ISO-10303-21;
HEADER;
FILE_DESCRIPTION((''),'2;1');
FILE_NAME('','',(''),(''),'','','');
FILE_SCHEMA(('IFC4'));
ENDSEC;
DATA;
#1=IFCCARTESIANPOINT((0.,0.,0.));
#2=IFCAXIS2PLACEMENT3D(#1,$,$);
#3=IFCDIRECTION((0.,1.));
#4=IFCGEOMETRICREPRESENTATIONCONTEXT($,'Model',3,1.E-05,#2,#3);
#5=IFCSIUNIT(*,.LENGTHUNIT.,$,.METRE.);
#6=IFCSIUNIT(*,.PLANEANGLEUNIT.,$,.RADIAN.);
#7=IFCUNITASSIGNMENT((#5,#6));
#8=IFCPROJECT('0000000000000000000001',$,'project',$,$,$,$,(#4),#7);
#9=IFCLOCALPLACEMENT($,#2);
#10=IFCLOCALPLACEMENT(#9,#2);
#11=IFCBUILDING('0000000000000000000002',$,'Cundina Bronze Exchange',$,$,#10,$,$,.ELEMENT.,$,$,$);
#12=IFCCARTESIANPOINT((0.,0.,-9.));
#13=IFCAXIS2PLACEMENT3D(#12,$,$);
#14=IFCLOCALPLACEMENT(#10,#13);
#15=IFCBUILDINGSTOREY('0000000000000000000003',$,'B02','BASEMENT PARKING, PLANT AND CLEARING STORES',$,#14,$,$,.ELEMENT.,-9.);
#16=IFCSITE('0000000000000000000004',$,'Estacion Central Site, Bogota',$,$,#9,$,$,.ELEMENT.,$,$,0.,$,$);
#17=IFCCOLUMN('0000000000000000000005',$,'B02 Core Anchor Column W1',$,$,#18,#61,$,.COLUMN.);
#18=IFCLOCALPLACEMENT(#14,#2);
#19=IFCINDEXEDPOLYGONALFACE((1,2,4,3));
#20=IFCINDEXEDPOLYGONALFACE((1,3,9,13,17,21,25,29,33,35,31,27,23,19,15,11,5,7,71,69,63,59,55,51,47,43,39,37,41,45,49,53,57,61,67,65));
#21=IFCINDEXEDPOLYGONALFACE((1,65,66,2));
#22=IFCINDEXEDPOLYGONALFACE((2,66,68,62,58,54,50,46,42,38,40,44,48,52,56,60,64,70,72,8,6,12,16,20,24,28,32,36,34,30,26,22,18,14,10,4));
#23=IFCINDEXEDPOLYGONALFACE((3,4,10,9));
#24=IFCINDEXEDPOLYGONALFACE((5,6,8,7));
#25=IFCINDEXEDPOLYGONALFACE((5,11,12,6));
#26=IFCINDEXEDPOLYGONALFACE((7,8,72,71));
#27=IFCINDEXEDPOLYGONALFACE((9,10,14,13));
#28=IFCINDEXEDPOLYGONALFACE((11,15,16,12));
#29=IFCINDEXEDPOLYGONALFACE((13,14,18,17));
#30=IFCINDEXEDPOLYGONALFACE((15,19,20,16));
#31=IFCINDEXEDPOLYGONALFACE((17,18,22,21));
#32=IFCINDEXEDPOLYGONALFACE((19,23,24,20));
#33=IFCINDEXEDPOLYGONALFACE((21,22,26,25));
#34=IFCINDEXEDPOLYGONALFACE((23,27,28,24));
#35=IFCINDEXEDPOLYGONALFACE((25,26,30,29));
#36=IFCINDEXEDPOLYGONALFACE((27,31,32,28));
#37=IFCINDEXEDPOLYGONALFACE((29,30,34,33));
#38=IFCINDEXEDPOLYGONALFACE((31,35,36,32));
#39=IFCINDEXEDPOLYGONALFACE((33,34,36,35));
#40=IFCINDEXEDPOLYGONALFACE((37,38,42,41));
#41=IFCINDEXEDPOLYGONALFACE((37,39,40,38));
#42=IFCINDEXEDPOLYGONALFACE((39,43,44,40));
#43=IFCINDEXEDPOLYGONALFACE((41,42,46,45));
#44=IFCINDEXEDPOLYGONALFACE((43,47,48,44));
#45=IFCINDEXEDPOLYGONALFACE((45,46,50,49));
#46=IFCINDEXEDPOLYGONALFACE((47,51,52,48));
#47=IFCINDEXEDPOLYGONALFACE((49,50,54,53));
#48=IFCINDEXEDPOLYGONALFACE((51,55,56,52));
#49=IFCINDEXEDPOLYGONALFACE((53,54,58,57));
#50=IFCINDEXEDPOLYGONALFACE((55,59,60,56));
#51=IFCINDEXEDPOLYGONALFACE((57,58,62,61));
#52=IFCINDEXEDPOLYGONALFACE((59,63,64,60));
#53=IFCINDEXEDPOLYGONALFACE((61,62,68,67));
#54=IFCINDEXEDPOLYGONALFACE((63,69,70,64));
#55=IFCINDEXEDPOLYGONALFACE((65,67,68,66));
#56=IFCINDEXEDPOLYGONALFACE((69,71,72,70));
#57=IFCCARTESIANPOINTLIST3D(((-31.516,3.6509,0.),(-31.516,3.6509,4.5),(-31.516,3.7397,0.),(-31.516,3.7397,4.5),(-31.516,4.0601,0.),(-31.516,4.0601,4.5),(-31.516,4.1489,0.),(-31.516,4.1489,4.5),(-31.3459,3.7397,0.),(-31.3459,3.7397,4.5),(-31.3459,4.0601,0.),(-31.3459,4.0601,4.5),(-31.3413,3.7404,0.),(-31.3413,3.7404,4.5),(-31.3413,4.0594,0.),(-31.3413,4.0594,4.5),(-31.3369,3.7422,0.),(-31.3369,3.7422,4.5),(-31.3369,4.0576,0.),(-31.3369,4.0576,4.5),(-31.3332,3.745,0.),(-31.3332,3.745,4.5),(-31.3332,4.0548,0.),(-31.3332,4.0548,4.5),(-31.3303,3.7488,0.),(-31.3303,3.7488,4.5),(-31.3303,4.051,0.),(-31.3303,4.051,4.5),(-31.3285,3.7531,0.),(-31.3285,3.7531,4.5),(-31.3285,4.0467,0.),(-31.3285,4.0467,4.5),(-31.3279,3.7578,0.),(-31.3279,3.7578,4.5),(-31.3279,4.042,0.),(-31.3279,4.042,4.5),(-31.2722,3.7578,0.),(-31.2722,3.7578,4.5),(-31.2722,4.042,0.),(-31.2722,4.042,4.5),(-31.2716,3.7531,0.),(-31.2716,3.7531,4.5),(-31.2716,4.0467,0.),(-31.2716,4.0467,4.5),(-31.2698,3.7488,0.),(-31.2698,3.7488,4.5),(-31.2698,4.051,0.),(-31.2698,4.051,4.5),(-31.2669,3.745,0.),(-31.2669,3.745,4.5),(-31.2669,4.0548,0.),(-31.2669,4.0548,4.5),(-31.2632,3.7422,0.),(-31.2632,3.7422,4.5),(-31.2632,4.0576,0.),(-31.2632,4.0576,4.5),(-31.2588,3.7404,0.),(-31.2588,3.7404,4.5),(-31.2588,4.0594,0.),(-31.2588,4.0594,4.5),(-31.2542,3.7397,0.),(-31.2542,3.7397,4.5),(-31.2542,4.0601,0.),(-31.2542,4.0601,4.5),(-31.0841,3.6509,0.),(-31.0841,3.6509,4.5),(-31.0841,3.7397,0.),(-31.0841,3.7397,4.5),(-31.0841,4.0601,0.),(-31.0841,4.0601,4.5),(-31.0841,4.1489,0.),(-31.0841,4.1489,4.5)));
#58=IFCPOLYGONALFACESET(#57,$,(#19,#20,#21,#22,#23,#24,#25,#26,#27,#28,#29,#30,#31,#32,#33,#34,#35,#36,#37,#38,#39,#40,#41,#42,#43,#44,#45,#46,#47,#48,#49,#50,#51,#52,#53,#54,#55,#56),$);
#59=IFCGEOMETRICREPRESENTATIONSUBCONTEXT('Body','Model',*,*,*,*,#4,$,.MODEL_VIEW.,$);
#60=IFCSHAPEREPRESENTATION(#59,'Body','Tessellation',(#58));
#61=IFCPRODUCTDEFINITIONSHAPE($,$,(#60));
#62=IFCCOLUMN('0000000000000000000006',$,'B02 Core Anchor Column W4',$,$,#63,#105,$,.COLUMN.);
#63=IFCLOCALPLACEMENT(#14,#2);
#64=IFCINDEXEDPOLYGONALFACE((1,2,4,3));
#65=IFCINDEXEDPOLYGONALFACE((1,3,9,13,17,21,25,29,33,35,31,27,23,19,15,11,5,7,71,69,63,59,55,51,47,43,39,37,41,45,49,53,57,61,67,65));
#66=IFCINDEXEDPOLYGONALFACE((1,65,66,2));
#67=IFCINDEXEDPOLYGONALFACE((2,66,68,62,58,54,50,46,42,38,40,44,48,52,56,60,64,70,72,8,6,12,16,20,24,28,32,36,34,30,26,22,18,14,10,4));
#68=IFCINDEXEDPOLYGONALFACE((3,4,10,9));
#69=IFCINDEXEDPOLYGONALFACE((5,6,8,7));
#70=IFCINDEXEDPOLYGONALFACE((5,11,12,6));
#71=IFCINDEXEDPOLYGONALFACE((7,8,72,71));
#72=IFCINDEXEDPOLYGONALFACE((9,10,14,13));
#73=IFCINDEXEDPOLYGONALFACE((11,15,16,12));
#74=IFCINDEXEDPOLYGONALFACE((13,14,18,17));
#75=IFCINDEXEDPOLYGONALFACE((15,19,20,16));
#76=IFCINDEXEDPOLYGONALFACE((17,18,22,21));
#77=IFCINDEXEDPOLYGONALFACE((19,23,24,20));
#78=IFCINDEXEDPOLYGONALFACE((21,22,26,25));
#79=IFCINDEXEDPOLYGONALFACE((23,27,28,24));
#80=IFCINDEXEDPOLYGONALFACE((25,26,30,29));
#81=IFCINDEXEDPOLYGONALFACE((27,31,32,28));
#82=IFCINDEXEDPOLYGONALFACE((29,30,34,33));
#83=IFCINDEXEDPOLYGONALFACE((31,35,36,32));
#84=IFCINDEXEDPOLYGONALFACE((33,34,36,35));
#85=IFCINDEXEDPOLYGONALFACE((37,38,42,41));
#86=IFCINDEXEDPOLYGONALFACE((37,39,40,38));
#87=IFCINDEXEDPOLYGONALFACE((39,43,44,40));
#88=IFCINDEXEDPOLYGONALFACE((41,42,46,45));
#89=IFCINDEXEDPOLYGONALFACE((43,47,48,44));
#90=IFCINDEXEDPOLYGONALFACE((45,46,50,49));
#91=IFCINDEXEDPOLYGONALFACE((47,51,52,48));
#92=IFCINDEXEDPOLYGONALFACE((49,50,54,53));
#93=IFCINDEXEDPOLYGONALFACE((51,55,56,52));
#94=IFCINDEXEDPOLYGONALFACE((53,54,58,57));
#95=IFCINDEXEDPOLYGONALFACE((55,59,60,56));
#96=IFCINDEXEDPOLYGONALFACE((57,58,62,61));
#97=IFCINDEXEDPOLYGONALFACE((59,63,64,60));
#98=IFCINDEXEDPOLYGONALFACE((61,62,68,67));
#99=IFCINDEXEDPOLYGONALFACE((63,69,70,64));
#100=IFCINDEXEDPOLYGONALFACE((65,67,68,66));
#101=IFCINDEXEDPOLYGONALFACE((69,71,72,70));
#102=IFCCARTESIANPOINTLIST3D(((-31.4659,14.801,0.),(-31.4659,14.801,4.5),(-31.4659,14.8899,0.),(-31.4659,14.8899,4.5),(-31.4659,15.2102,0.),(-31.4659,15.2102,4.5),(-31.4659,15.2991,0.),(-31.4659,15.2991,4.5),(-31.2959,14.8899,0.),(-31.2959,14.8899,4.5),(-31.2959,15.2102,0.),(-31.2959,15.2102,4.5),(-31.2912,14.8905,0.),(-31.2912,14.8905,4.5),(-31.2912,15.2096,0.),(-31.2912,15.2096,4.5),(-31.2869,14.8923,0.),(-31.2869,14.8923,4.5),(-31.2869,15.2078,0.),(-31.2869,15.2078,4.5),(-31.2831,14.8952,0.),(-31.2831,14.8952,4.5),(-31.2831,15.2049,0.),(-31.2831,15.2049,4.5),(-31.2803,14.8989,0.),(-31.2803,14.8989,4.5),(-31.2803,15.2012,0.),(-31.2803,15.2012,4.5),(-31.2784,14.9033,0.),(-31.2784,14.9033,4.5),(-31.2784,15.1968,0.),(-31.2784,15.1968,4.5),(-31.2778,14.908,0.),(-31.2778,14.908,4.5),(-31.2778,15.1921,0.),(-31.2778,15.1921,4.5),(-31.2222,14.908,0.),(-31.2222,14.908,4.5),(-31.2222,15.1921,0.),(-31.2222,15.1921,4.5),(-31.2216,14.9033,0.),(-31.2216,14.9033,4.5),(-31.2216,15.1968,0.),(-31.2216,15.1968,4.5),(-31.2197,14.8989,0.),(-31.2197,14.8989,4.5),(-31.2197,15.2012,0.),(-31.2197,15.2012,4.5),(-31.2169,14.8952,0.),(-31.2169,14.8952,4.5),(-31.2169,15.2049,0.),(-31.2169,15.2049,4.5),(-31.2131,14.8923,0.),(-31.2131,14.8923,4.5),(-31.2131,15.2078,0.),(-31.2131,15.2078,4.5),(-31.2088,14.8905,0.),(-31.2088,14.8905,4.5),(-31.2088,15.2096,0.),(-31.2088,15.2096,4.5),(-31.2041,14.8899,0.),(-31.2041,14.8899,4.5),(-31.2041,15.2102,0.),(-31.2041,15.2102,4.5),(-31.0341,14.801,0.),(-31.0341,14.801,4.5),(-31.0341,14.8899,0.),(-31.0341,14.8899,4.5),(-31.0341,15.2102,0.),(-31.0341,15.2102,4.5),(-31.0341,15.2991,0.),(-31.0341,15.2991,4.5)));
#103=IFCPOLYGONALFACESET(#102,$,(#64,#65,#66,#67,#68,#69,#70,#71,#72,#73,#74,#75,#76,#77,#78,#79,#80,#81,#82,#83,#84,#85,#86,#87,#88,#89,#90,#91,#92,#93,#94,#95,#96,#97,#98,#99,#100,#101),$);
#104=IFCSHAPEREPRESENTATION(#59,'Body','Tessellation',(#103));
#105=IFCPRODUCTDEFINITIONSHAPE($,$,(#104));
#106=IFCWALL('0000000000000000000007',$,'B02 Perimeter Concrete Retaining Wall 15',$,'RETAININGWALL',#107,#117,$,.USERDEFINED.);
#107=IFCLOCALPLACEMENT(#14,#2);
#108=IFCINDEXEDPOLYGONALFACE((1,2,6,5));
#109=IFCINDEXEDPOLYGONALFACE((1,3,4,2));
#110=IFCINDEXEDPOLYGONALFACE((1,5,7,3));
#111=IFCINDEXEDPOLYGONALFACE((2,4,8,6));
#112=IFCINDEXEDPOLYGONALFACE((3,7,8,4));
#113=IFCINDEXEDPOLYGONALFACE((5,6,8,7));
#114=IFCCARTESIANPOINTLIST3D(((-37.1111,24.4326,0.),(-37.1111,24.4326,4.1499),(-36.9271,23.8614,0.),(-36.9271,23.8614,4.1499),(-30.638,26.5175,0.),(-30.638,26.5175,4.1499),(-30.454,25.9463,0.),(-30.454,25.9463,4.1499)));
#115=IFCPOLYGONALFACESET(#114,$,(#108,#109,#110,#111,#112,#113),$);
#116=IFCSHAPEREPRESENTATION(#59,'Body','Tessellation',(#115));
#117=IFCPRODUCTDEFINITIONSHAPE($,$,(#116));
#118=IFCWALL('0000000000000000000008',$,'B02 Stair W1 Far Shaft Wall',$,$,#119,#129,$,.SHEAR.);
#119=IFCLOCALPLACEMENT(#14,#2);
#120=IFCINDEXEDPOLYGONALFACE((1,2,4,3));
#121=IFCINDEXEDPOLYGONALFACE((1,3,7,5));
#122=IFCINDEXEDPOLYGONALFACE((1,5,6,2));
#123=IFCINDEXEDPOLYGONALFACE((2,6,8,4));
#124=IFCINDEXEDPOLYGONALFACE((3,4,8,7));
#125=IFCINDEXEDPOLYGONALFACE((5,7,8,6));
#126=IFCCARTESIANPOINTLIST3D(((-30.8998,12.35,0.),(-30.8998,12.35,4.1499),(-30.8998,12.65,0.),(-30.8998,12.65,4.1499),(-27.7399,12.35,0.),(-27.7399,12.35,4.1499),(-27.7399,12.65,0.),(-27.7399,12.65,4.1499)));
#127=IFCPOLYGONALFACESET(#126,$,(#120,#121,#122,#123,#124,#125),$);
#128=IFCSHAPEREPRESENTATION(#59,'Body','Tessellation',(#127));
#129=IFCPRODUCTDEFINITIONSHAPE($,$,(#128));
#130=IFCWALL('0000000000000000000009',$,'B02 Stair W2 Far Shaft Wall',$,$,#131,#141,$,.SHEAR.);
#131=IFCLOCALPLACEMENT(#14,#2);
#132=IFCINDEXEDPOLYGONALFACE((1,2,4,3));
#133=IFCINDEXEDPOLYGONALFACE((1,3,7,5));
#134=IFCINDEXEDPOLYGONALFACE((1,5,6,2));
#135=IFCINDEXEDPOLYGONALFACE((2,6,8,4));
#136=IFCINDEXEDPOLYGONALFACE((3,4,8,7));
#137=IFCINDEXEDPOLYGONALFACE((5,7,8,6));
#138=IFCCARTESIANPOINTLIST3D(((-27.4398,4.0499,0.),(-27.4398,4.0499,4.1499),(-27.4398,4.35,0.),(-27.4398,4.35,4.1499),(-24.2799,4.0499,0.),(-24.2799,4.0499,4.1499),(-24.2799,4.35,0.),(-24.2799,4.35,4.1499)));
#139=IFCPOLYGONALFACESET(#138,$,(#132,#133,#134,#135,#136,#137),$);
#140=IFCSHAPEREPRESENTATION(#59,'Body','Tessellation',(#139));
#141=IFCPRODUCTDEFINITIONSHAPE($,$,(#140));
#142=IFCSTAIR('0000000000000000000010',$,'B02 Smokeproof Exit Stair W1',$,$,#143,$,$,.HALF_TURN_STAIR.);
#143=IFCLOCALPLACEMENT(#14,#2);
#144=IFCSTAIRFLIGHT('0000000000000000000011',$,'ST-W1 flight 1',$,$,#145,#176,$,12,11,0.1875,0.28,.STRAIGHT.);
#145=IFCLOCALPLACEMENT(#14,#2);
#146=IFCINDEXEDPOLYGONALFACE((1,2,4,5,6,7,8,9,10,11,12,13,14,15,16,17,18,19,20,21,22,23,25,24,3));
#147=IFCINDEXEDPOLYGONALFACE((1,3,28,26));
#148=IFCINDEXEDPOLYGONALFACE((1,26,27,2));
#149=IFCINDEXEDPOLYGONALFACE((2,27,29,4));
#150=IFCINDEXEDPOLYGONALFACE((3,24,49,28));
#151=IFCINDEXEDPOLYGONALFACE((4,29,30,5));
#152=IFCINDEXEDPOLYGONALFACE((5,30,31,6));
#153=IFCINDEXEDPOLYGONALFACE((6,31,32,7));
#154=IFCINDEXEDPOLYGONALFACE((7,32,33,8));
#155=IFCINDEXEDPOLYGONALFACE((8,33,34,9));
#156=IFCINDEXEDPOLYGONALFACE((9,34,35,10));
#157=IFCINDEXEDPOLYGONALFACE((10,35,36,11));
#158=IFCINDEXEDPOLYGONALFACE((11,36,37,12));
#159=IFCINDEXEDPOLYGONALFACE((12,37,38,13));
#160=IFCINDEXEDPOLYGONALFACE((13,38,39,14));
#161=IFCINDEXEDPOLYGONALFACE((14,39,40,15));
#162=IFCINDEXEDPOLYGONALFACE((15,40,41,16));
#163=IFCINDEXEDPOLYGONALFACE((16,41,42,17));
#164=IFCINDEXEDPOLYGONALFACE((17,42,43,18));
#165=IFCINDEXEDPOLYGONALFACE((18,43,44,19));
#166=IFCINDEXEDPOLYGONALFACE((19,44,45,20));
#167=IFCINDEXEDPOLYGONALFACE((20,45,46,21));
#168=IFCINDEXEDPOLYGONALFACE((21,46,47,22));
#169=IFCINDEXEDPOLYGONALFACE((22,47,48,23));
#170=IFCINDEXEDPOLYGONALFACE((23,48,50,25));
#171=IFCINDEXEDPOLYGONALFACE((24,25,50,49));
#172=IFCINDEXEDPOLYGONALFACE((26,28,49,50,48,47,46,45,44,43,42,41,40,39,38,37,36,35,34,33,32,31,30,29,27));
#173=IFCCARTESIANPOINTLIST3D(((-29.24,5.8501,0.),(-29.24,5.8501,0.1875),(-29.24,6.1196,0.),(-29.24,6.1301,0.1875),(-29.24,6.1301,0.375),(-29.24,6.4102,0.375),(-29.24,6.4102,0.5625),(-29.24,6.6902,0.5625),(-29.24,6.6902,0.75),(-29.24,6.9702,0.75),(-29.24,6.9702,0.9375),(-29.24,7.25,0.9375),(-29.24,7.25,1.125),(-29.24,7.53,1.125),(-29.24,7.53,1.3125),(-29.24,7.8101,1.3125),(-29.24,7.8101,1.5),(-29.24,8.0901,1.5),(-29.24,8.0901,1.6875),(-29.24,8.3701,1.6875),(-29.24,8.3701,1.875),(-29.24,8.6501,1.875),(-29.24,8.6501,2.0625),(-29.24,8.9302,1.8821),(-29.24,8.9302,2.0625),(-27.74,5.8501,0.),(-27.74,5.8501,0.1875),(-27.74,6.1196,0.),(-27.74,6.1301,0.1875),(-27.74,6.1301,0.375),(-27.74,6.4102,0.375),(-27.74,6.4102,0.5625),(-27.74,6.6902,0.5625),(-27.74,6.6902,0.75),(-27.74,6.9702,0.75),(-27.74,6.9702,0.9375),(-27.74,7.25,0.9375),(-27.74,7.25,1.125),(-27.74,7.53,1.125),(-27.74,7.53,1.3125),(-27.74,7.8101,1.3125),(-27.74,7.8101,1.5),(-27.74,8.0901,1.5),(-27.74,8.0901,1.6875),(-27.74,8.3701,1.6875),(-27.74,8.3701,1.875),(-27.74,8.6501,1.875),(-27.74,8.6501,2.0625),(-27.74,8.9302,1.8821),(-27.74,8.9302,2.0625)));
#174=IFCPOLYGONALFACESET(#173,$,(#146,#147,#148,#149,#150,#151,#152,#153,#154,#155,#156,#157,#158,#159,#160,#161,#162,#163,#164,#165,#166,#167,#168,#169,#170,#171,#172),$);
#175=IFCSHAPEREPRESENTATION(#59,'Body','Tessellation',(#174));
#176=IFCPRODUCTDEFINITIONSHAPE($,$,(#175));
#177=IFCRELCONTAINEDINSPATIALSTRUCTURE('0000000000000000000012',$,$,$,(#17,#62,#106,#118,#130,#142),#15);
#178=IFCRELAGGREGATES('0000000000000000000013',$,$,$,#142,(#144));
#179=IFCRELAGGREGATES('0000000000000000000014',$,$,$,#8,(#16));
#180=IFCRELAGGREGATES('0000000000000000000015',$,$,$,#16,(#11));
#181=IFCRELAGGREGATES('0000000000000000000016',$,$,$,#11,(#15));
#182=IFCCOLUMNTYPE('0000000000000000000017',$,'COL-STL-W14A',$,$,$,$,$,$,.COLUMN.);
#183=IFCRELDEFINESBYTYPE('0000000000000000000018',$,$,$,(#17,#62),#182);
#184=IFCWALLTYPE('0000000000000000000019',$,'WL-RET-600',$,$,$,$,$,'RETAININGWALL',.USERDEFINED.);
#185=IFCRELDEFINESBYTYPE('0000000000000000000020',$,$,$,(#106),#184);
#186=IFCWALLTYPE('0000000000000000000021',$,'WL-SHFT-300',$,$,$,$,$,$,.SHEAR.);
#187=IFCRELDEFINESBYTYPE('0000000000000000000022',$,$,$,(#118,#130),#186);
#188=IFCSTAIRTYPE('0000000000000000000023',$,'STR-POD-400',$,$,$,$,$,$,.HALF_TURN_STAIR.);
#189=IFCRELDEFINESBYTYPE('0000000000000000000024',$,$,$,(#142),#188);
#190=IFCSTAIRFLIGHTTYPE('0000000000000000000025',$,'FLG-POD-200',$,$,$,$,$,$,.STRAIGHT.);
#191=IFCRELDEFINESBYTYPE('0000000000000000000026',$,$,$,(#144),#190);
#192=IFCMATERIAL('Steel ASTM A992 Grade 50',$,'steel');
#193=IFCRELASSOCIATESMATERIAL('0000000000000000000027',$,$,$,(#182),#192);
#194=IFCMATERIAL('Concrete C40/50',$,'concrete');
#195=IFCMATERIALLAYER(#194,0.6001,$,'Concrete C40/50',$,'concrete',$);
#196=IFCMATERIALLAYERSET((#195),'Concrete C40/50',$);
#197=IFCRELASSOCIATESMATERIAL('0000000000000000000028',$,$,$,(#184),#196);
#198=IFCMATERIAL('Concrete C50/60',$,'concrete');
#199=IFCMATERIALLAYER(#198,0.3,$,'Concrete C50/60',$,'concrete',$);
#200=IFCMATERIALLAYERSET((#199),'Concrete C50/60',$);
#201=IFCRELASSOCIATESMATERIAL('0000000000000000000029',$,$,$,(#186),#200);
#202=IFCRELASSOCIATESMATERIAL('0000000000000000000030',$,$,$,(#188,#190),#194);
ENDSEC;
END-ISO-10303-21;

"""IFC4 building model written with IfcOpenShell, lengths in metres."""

from ifc_helpers import new_model, si_unit, direction, frame, frame_2d, origin, origin_2d, place, context, subcontext, project, spatial, polyline, rectangle, i_section, outline, extrude, material, layer, layer_set, material_profile, profile_set, type_object, element, aggregate, save


model = new_model("IFC4")

# Units and contexts
model_context = context("Model", 3, precision=1e-05, world=origin(), true_north=direction((0.0, 1.0)))
body_context = subcontext(model_context, "Body", "Model", "MODEL_VIEW")
ifc_project = project(units=[si_unit("LENGTHUNIT", "METRE"), si_unit("PLANEANGLEUNIT", "RADIAN")], contexts=[model_context])

# Site, building, storey
site_placement = place(None, origin())
site = spatial("IfcSite", under=ifc_project, at=site_placement, Name="Estacion Central Site, Bogota", CompositionType="ELEMENT", RefElevation=0.0)
building_placement = place(site_placement, origin())
building = spatial("IfcBuilding", under=site, at=building_placement, Name="Cundina Bronze Exchange", CompositionType="ELEMENT")
storey_placement = place(building_placement, frame((0.0, 0.0, -9.0)))
storey = spatial("IfcBuildingStorey", under=building, at=storey_placement, Name="B02", Description="BASEMENT PARKING, PLANT AND CLEARING STORES", CompositionType="ELEMENT", Elevation=-9.0)

# Shared definitions
ifc_material_1 = material(Name="Concrete C40/50", Category="concrete")

# Columns
ifc_material_2 = material(Name="Steel ASTM A992 Grade 50", Category="steel")
ifc_material_profile_1 = material_profile(ifc_material_2, i_section(OverallWidth=0.4319, OverallDepth=0.498, WebThickness=0.0557, FlangeThickness=0.0889, FilletRadius=0.0181, at=origin_2d()), Name="W14X500", Category="steel")
ifc_profile_set_1 = profile_set([ifc_material_profile_1], Name="Steel ASTM A992 Grade 50")
column_type = type_object("IfcColumnType", Name="COL-STL-W14A", PredefinedType="COLUMN", material=ifc_profile_set_1)
for number, where, z_axis, x_axis, name in (
    (1, (-31.3, 3.8999, 0.0), (0.0, 0.0, 1.0), (1.0, 0.0, 0.0), "B02 Core Anchor Column W1"),
    (2, (-31.25, 15.05, 0.0), (0.0, 0.0, 1.0), (1.0, 0.0, 0.0), "B02 Core Anchor Column W4"),
):
    element("IfcColumn", number, at=place(storey_placement, frame(where, z_axis=z_axis, x_axis=x_axis)), inside=storey, type_object=column_type, Name=name, PredefinedType="COLUMN", context=body_context, shape_type="SweptSolid", body=[
        extrude(i_section(OverallWidth=0.4319, OverallDepth=0.498, WebThickness=0.0557, FlangeThickness=0.0889, FilletRadius=0.0181, at=origin_2d()), origin(), (0.0, 0.0, 1.0), 4.5),
    ])

# Wall
ifc_layer_1 = layer(ifc_material_1, 0.6001, Name="Concrete C40/50", Category="concrete")
ifc_layer_set_1 = layer_set([ifc_layer_1], Name="Concrete C40/50")
wall_type_1 = type_object("IfcWallType", Name="WL-RET-600", ElementType="RETAININGWALL", PredefinedType="USERDEFINED", material=ifc_layer_set_1)
wall_1_placement = place(storey_placement, frame((-30.5459, 26.2319, 0.0), z_axis=(0.0, 0.0, 1.0), x_axis=(-0.951844, -0.306583, 0.0)))
element("IfcWall", 3, at=wall_1_placement, inside=storey, type_object=wall_type_1, Name="B02 Perimeter Concrete Retaining Wall 15", ObjectType="RETAININGWALL", PredefinedType="USERDEFINED", context=body_context, shape_type="SweptSolid", body=[
    extrude(rectangle(XDim=6.8005, YDim=0.6001, at=frame_2d((3.4004, 0.0))), origin(), (0.0, 0.0, 1.0), 4.1499),
])

# Shared definitions
ifc_material_3 = material(Name="Concrete C50/60", Category="concrete")
ifc_layer_2 = layer(ifc_material_3, 0.3, Name="Concrete C50/60", Category="concrete")
ifc_layer_set_2 = layer_set([ifc_layer_2], Name="Concrete C50/60")
wall_type_2 = type_object("IfcWallType", Name="WL-SHFT-300", PredefinedType="SHEAR", material=ifc_layer_set_2)

# Wall
wall_2_placement = place(storey_placement, frame((-30.8999, 12.5, 0.0), z_axis=(0.0, 0.0, 1.0), x_axis=(1.0, 0.0, 0.0)))
element("IfcWall", 4, at=wall_2_placement, inside=storey, type_object=wall_type_2, Name="B02 Stair W1 Far Shaft Wall", PredefinedType="SHEAR", context=body_context, shape_type="SweptSolid", body=[
    extrude(rectangle(XDim=3.1599, YDim=0.3, at=frame_2d((1.5801, 0.0))), origin(), (0.0, 0.0, 1.0), 4.1499),
])

# Wall
wall_3_placement = place(storey_placement, frame((-27.4399, 4.2, 0.0), z_axis=(0.0, 0.0, 1.0), x_axis=(1.0, 0.0, 0.0)))
element("IfcWall", 5, at=wall_3_placement, inside=storey, type_object=wall_type_2, Name="B02 Stair W2 Far Shaft Wall", PredefinedType="SHEAR", context=body_context, shape_type="SweptSolid", body=[
    extrude(rectangle(XDim=3.1599, YDim=0.3, at=frame_2d((1.5801, 0.0))), origin(), (0.0, 0.0, 1.0), 4.1499),
])

# Stair, stair flight
stair_type = type_object("IfcStairType", Name="STR-POD-400", PredefinedType="HALF_TURN_STAIR", material=ifc_material_1)
stair_1_placement = place(storey_placement, origin())
stair_1 = element("IfcStair", 6, at=stair_1_placement, inside=storey, type_object=stair_type, Name="B02 Smokeproof Exit Stair W1", PredefinedType="HALF_TURN_STAIR")
stair_flight_type = type_object("IfcStairFlightType", Name="FLG-POD-200", PredefinedType="STRAIGHT", material=ifc_material_1)
stair_flight_1_placement = place(storey_placement, frame((-28.49, 5.8501, 0.0), z_axis=(0.0, 0.0, 1.0), x_axis=(0.0, 1.0, 0.0)))
stair_flight_1 = element("IfcStairFlight", 7, at=stair_flight_1_placement, type_object=stair_flight_type, Name="ST-W1 flight 1", NumberOfRisers=12, NumberOfTreads=11, PredefinedType="STRAIGHT", RiserHeight=0.1875, TreadLength=0.28, context=body_context, shape_type="SweptSolid", body=[
    extrude(outline(polyline([(0.0, 0.0), (0.0, 0.1875), (0.28, 0.1875), (0.28, 0.375), (0.5601, 0.375), (0.5601, 0.5625), (0.8401, 0.5625), (0.8401, 0.75), (1.1201, 0.75), (1.1201, 0.9375), (1.3999, 0.9375), (1.3999, 1.125), (1.6799, 1.125), (1.6799, 1.3125), (1.96, 1.3125), (1.96, 1.5), (2.24, 1.5), (2.24, 1.6875), (2.52, 1.6875), (2.52, 1.875), (2.8, 1.875), (2.8, 2.0625), (3.0801, 2.0625), (3.0801, 2.25), (3.0801, 1.8821), (0.2695, 0.0), (0.0, 0.0)])), frame((0.0, 0.75, 0.0), z_axis=(0.0, -1.0, 0.0), x_axis=(1.0, 0.0, 0.0)), (0.0, 0.0, 1.0), 1.5),
])
aggregate(stair_1, [stair_flight_1])

save(model, "model.ifc")
